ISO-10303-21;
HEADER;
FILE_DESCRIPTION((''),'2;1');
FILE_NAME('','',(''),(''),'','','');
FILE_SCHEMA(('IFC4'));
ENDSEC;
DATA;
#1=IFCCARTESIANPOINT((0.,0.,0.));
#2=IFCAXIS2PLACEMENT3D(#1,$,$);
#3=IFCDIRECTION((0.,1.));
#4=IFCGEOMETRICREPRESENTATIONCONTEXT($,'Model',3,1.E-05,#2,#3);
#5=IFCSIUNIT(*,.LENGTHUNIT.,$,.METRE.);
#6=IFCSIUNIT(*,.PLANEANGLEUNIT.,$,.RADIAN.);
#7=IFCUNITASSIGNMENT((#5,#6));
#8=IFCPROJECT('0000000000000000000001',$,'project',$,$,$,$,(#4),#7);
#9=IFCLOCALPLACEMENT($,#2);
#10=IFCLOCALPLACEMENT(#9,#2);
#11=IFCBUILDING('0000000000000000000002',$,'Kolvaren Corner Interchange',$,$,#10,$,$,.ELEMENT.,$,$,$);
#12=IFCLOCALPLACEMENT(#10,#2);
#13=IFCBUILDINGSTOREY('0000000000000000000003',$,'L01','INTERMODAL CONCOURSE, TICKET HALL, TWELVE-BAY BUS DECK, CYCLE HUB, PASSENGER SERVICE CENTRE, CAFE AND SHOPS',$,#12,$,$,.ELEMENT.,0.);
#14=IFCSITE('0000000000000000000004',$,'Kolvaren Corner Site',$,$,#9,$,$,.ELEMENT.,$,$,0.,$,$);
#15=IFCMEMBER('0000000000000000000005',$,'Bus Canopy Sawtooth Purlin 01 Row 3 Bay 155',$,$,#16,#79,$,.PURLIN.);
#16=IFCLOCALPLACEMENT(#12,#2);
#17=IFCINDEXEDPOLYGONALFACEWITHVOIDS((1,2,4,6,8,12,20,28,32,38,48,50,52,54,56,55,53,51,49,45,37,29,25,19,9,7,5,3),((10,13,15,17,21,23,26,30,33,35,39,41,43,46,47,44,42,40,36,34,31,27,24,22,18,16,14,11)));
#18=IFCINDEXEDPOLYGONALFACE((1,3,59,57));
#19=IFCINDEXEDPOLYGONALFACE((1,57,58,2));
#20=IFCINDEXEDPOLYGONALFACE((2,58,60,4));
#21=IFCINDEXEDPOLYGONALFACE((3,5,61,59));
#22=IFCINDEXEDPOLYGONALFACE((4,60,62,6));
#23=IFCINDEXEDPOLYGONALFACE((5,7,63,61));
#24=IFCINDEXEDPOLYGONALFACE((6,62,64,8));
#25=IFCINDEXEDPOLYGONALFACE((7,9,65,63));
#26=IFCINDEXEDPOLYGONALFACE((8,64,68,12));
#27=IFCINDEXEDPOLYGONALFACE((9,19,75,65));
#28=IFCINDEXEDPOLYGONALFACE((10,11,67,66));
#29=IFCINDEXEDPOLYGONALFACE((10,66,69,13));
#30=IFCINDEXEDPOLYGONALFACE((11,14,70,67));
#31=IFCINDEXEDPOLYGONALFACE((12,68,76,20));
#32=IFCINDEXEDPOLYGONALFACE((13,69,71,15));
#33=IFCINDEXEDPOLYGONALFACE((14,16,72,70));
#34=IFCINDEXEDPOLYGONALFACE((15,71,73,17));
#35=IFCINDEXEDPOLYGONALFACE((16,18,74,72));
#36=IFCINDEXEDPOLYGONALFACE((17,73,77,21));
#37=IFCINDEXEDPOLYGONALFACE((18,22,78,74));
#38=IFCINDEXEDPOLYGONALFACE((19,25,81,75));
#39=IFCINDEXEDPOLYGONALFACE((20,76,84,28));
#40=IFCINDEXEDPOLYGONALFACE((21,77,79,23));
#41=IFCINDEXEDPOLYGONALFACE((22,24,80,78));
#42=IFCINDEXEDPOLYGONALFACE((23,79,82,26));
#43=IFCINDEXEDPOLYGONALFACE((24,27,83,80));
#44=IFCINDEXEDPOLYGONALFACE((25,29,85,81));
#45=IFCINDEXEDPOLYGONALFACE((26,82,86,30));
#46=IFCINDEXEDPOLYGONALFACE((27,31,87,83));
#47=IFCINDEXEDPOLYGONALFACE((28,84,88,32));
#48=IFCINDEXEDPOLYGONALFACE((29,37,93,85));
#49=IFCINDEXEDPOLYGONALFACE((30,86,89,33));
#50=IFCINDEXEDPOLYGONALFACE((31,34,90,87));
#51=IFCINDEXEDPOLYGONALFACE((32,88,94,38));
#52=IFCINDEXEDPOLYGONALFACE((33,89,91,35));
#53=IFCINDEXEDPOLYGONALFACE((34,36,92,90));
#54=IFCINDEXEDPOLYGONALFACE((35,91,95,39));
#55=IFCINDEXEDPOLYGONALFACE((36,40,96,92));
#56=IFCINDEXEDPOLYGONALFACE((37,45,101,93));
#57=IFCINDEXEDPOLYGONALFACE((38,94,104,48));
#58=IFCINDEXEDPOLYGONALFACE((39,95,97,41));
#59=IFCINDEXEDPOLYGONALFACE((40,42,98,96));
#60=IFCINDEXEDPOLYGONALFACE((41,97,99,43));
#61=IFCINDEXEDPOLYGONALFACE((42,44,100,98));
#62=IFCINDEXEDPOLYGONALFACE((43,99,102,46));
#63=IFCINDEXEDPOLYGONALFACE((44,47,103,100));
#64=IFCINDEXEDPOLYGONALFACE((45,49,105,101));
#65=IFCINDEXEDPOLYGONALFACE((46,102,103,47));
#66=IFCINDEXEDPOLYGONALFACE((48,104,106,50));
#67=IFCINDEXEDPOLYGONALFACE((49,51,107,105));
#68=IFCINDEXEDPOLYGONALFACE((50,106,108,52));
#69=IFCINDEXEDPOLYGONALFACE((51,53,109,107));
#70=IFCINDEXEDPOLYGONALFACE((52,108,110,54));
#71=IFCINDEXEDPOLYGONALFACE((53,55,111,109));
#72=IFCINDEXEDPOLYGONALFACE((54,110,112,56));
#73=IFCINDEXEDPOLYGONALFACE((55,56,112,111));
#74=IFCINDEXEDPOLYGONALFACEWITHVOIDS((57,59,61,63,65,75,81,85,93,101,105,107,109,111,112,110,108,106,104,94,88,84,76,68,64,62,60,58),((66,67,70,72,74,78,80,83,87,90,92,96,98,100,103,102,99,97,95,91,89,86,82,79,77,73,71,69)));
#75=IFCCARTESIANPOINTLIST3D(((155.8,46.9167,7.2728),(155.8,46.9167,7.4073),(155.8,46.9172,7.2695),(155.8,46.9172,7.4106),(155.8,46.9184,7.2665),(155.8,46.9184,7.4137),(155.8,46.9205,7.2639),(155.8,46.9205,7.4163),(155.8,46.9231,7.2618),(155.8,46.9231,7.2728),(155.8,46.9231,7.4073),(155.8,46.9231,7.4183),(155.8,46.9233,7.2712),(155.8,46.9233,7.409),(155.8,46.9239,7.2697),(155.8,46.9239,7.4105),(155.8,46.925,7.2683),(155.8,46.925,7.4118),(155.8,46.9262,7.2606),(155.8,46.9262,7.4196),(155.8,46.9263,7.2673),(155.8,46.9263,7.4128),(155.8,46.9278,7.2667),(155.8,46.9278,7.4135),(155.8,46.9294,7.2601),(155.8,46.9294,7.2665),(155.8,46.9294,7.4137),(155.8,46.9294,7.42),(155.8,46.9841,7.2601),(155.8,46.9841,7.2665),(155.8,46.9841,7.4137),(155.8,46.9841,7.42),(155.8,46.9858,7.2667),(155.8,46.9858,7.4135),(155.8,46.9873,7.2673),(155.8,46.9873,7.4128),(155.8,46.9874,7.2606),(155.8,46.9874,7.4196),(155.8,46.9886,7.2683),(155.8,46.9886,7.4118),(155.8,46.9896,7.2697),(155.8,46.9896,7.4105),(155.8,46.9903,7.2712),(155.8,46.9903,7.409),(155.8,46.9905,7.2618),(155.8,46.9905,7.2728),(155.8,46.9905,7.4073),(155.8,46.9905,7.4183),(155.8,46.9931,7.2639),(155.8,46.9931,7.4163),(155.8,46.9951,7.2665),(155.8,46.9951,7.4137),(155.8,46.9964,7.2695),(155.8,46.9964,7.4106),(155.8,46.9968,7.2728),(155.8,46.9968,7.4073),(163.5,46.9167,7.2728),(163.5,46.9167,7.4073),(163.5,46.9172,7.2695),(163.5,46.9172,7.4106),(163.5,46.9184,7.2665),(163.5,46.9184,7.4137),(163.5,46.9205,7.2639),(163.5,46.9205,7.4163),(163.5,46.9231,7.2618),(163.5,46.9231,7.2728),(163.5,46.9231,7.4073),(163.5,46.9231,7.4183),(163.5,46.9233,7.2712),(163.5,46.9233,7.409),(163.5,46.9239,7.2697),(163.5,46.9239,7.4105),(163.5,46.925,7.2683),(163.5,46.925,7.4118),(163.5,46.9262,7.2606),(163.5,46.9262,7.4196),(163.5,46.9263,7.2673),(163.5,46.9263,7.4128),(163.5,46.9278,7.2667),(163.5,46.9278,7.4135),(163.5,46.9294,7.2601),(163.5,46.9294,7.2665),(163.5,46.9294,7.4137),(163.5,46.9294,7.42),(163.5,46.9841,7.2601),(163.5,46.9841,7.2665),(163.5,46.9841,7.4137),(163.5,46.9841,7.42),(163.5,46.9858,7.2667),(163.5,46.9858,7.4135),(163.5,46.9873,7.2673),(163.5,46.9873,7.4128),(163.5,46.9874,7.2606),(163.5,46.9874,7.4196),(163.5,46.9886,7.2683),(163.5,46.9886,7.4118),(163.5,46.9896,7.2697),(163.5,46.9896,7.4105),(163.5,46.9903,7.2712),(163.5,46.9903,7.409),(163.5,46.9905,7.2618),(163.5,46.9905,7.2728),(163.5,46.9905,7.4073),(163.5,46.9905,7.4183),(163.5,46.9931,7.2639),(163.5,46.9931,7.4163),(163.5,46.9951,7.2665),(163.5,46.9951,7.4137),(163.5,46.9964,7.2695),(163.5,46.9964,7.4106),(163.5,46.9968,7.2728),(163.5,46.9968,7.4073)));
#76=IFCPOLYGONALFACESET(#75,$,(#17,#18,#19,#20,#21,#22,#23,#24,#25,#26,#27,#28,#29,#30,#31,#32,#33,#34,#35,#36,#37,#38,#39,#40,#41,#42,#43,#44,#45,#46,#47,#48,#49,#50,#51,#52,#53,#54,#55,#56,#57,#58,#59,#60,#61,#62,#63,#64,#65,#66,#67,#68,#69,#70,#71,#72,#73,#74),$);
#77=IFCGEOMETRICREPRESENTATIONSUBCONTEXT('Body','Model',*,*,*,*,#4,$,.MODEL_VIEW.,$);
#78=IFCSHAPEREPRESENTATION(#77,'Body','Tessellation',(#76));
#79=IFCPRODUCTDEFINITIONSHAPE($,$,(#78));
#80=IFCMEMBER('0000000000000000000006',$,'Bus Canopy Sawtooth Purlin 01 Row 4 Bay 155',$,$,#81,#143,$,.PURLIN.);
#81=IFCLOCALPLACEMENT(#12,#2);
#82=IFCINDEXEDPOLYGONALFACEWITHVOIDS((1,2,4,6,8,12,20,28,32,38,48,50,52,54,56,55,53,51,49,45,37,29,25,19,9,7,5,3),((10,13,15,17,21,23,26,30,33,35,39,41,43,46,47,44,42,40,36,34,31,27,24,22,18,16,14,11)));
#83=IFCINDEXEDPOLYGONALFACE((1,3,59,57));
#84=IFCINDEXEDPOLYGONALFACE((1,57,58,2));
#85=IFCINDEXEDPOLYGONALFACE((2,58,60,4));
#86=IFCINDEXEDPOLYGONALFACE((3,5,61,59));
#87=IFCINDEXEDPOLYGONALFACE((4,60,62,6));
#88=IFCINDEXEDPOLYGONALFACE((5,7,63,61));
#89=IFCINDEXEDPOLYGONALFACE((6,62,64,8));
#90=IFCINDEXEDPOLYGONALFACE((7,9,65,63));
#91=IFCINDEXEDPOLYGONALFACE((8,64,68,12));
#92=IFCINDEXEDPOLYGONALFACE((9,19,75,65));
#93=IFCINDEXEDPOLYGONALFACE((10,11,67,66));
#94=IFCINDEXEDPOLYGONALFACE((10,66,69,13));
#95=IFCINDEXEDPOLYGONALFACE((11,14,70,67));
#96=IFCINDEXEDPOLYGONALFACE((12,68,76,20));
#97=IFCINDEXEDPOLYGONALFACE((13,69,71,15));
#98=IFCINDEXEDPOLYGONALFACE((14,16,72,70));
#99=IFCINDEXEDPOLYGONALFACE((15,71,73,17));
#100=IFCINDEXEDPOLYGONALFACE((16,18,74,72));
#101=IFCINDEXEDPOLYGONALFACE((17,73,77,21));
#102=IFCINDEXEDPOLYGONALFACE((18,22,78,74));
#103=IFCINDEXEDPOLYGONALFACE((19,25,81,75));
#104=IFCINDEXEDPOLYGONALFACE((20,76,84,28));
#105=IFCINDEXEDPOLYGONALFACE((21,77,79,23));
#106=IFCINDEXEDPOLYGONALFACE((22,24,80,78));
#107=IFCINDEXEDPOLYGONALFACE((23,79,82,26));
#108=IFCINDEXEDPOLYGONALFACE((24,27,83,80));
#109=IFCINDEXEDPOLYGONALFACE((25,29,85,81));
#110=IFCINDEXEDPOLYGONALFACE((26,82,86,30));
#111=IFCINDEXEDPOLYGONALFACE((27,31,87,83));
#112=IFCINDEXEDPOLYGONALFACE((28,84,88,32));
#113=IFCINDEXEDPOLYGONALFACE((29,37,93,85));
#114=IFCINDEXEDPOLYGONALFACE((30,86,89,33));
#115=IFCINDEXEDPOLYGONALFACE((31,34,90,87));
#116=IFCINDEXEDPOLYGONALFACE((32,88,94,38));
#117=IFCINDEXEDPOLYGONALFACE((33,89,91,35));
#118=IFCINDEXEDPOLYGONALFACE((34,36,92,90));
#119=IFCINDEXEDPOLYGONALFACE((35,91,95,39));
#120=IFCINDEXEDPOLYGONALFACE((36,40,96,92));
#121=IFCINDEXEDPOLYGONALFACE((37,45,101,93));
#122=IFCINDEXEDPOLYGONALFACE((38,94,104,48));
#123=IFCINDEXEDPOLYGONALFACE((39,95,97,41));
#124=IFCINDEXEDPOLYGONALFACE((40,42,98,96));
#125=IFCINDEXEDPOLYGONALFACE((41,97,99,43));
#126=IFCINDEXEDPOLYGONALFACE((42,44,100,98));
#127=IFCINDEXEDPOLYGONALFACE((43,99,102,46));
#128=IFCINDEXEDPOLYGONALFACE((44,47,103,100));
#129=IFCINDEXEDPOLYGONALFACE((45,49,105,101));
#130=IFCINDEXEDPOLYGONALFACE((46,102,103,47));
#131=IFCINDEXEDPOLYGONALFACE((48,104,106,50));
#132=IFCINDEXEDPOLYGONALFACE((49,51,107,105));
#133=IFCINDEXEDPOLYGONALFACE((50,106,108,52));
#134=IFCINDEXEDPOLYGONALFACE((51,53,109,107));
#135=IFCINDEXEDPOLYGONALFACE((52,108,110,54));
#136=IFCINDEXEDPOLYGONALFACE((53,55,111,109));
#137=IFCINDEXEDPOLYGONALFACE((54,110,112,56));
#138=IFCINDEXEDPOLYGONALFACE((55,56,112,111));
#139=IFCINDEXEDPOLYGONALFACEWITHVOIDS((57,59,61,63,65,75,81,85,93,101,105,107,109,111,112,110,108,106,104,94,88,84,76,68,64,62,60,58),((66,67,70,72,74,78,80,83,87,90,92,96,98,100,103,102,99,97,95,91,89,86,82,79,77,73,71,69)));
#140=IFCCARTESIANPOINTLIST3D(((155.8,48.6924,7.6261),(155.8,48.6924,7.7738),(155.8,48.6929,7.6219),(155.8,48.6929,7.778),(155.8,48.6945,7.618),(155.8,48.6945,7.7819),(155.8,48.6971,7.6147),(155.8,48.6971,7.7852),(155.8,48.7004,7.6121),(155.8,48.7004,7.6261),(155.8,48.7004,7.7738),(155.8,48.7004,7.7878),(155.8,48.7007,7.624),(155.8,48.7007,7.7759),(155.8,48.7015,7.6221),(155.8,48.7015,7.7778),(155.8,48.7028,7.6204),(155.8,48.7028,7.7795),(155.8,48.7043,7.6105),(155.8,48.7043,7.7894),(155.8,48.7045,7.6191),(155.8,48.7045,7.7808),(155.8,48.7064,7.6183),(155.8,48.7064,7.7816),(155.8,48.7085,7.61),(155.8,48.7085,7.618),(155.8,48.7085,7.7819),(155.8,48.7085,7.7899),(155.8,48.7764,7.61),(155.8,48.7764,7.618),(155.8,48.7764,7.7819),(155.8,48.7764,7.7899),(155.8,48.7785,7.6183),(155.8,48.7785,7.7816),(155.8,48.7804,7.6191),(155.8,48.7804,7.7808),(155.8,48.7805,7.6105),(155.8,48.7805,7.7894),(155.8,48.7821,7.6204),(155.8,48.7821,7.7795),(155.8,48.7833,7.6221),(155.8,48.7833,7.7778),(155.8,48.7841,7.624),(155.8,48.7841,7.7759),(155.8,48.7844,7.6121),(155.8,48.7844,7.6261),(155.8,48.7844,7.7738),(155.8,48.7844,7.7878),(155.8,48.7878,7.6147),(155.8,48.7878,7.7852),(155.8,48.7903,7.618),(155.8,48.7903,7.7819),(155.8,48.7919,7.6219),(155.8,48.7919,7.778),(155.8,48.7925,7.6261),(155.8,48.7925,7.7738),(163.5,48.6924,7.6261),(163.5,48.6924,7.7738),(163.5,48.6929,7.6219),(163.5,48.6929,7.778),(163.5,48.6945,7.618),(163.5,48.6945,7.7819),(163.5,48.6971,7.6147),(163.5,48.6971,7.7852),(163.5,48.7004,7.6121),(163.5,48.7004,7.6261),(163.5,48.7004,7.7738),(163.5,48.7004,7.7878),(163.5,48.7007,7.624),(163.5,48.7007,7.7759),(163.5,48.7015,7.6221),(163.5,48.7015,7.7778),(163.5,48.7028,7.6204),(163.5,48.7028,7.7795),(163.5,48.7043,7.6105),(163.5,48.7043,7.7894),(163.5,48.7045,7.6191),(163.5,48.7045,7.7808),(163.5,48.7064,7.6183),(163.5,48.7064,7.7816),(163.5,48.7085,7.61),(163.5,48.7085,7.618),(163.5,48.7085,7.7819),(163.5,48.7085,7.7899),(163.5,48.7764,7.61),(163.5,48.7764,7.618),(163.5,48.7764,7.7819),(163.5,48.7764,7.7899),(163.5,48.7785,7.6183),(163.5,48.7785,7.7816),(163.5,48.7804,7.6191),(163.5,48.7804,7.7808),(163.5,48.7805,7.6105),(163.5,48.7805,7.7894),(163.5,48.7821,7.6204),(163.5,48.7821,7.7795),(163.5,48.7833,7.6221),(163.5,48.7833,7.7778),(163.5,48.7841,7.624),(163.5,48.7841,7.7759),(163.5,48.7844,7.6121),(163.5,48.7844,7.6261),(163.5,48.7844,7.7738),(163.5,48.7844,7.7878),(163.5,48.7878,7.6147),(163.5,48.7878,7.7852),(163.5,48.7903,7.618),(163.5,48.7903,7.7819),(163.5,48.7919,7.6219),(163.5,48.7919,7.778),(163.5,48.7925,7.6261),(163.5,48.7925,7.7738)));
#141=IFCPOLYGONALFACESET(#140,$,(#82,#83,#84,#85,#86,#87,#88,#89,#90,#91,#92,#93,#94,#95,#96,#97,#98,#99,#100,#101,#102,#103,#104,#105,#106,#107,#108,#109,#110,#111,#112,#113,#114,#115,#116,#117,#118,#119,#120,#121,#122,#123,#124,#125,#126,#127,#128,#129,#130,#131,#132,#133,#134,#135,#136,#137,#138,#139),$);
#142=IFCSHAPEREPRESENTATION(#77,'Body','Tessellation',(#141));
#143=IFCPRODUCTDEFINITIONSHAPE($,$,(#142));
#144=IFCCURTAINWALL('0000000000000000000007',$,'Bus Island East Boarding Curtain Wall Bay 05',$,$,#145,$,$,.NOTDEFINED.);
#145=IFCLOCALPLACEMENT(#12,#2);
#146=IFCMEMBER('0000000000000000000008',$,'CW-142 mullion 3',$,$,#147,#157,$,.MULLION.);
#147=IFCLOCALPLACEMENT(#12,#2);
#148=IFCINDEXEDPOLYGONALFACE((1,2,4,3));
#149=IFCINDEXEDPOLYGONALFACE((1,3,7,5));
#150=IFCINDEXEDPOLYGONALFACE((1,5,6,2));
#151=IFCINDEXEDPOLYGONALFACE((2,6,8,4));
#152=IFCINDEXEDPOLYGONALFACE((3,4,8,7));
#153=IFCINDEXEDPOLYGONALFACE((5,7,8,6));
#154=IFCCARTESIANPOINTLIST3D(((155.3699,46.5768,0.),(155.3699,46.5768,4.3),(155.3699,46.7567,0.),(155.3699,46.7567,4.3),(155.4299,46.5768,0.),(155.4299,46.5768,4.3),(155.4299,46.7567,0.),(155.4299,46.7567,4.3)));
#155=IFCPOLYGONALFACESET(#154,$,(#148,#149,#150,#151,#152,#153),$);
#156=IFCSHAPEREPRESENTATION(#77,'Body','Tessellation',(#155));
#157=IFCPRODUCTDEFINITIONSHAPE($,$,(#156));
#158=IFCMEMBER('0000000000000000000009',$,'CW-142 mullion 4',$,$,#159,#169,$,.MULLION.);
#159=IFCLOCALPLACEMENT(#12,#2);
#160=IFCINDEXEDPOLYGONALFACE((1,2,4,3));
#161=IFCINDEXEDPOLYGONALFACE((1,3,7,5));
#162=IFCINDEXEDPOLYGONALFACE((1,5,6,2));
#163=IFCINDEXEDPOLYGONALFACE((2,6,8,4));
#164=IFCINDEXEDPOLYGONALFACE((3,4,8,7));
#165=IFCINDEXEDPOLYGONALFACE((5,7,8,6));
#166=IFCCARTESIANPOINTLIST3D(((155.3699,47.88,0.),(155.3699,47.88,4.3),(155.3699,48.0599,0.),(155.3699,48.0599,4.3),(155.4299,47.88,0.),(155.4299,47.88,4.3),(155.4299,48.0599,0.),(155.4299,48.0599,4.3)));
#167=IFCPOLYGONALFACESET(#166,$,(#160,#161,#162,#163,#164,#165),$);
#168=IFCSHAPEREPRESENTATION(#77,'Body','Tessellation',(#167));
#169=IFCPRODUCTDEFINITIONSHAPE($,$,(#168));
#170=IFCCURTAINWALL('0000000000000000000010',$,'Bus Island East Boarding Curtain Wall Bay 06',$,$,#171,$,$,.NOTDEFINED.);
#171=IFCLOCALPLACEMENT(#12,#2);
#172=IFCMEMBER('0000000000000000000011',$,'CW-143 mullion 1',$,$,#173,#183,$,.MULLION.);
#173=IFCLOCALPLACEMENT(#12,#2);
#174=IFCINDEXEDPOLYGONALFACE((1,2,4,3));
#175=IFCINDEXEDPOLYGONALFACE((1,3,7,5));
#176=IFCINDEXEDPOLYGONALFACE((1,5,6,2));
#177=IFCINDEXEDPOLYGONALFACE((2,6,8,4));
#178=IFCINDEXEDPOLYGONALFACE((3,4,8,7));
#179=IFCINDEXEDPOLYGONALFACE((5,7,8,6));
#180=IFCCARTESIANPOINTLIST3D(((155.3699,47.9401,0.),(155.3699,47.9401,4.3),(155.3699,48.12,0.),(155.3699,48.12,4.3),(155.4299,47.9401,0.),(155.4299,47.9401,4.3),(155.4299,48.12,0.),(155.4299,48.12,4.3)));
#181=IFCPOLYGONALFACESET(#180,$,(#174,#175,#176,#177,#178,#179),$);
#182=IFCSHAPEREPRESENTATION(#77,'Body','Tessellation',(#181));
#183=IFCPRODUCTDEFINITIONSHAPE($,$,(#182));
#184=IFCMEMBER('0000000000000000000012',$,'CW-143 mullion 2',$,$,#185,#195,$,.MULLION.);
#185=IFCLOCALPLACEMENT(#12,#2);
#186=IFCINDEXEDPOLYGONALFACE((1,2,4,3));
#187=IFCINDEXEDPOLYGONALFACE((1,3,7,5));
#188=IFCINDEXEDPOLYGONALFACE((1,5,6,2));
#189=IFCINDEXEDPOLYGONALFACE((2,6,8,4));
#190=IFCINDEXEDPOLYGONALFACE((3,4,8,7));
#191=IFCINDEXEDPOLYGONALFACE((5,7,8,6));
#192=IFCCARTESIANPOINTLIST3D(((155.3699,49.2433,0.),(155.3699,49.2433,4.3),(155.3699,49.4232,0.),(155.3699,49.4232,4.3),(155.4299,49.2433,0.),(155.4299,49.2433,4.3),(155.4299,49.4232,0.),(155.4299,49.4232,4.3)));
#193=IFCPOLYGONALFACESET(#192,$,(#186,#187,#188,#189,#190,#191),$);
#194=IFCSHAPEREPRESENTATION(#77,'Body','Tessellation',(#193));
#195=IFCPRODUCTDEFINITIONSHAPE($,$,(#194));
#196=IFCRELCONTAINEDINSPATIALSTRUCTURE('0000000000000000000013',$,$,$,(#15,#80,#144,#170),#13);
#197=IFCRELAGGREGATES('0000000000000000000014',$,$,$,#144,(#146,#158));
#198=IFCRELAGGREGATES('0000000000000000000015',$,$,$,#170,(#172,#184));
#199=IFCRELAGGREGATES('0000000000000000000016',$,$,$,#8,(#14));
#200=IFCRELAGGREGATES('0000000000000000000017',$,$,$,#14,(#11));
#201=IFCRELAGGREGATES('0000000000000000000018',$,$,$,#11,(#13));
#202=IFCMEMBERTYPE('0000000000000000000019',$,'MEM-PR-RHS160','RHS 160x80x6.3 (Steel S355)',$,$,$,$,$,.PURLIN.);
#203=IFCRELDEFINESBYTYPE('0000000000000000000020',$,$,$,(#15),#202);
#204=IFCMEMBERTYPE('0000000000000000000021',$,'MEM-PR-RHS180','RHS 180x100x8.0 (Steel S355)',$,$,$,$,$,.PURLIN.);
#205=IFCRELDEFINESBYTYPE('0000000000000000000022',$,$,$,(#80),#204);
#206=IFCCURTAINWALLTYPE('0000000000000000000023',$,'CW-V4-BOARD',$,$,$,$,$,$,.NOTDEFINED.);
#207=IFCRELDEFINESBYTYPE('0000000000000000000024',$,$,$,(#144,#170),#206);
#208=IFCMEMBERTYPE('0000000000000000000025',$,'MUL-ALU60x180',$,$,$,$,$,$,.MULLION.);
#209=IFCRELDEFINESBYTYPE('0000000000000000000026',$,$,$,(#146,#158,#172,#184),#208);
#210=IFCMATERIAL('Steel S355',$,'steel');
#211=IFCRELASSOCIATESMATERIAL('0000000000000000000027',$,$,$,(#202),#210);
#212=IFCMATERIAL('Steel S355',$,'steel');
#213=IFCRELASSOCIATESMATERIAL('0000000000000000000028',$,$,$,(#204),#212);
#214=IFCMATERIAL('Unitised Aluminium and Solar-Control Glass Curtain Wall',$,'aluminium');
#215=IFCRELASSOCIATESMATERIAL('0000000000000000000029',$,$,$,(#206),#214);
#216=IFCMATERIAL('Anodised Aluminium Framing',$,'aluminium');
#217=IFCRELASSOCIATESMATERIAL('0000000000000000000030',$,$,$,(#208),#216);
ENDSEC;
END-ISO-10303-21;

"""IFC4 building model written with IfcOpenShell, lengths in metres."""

from ifc_helpers import new_model, si_unit, direction, frame, origin, origin_2d, place, context, subcontext, project, spatial, rectangle, hollow_rectangle, extrude, material, material_profile, profile_set, type_object, element, aggregate, save


model = new_model("IFC4")

# Units and contexts
model_context = context("Model", 3, precision=1e-05, world=origin(), true_north=direction((0.0, 1.0)))
body_context = subcontext(model_context, "Body", "Model", "MODEL_VIEW")
ifc_project = project(units=[si_unit("LENGTHUNIT", "METRE"), si_unit("PLANEANGLEUNIT", "RADIAN")], contexts=[model_context])

# Site, building, storey
site_placement = place(None, origin())
site = spatial("IfcSite", under=ifc_project, at=site_placement, Name="Kolvaren Corner Site", CompositionType="ELEMENT", RefElevation=0.0)
building_placement = place(site_placement, origin())
building = spatial("IfcBuilding", under=site, at=building_placement, Name="Kolvaren Corner Interchange", CompositionType="ELEMENT")
storey_placement = place(building_placement, origin())
storey = spatial("IfcBuildingStorey", under=building, at=storey_placement, Name="L01", Description="INTERMODAL CONCOURSE, TICKET HALL, TWELVE-BAY BUS DECK, CYCLE HUB, PASSENGER SERVICE CENTRE, CAFE AND SHOPS", CompositionType="ELEMENT", Elevation=0.0)

# Members
ifc_material_1 = material(Name="Steel S355", Category="steel")
ifc_material_profile_1 = material_profile(ifc_material_1, hollow_rectangle(XDim=0.0801, YDim=0.1599, WallThickness=0.0063, InnerFilletRadius=0.0063, OuterFilletRadius=0.0127, at=origin_2d()), Name="RHS 160x80x6.3")
ifc_profile_set_1 = profile_set([ifc_material_profile_1], Name="Steel S355")
member_type_1 = type_object("IfcMemberType", Name="MEM-PR-RHS160", Description="RHS 160x80x6.3 (Steel S355)", PredefinedType="PURLIN", material=ifc_profile_set_1)
member_1_placement = place(storey_placement, frame((155.8, 46.9568, 7.3401), z_axis=(1.0, 0.0, 0.0), x_axis=(0.0, 1.0, 0.0)))
element("IfcMember", 1, at=member_1_placement, inside=storey, type_object=member_type_1, Name="Bus Canopy Sawtooth Purlin 01 Row 3 Bay 155", PredefinedType="PURLIN", context=body_context, shape_type="SweptSolid", body=[
    extrude(hollow_rectangle(XDim=0.0801, YDim=0.1599, WallThickness=0.0063, InnerFilletRadius=0.0063, OuterFilletRadius=0.0127, at=origin_2d()), origin(), (0.0, 0.0, 1.0), 7.7),
])
ifc_material_2 = material(Name="Steel S355", Category="steel")
ifc_material_profile_2 = material_profile(ifc_material_2, hollow_rectangle(XDim=0.1001, YDim=0.1799, WallThickness=0.0081, InnerFilletRadius=0.0081, OuterFilletRadius=0.0161, at=origin_2d()), Name="RHS 180x100x8.0")
ifc_profile_set_2 = profile_set([ifc_material_profile_2], Name="Steel S355")
member_type_2 = type_object("IfcMemberType", Name="MEM-PR-RHS180", Description="RHS 180x100x8.0 (Steel S355)", PredefinedType="PURLIN", material=ifc_profile_set_2)
member_2_placement = place(storey_placement, frame((155.8, 48.7424, 7.7), z_axis=(1.0, 0.0, 0.0), x_axis=(0.0, 1.0, 0.0)))
element("IfcMember", 2, at=member_2_placement, inside=storey, type_object=member_type_2, Name="Bus Canopy Sawtooth Purlin 01 Row 4 Bay 155", PredefinedType="PURLIN", context=body_context, shape_type="SweptSolid", body=[
    extrude(hollow_rectangle(XDim=0.1001, YDim=0.1799, WallThickness=0.0081, InnerFilletRadius=0.0081, OuterFilletRadius=0.0161, at=origin_2d()), origin(), (0.0, 0.0, 1.0), 7.7),
])

# Curtain walls, members
ifc_material_3 = material(Name="Unitised Aluminium and Solar-Control Glass Curtain Wall", Category="aluminium")
curtain_wall_type = type_object("IfcCurtainWallType", Name="CW-V4-BOARD", PredefinedType="NOTDEFINED", material=ifc_material_3)
curtain_wall_1_placement = place(storey_placement, origin())
curtain_wall_1 = element("IfcCurtainWall", 3, at=curtain_wall_1_placement, inside=storey, type_object=curtain_wall_type, Name="Bus Island East Boarding Curtain Wall Bay 05", PredefinedType="NOTDEFINED")
ifc_material_4 = material(Name="Anodised Aluminium Framing", Category="aluminium")
ifc_material_profile_3 = material_profile(ifc_material_4, rectangle(XDim=0.0601, YDim=0.1799, at=origin_2d()), Name="ALU 60x180")
ifc_profile_set_3 = profile_set([ifc_material_profile_3], Name="Anodised Aluminium Framing")
member_type_3 = type_object("IfcMemberType", Name="MUL-ALU60x180", PredefinedType="MULLION", material=ifc_profile_set_3)
member_3_placement = place(storey_placement, frame((155.3999, 46.6667, 0.0), z_axis=(0.0, 0.0, 1.0), x_axis=(-1.0, 0.0, 0.0)))
member_3 = element("IfcMember", 4, at=member_3_placement, type_object=member_type_3, Name="CW-142 mullion 3", PredefinedType="MULLION", context=body_context, shape_type="SweptSolid", body=[
    extrude(rectangle(XDim=0.0601, YDim=0.1799, at=origin_2d()), origin(), (0.0, 0.0, 1.0), 4.3),
])
member_4_placement = place(storey_placement, frame((155.3999, 47.97, 0.0), z_axis=(0.0, 0.0, 1.0), x_axis=(-1.0, 0.0, 0.0)))
member_4 = element("IfcMember", 5, at=member_4_placement, type_object=member_type_3, Name="CW-142 mullion 4", PredefinedType="MULLION", context=body_context, shape_type="SweptSolid", body=[
    extrude(rectangle(XDim=0.0601, YDim=0.1799, at=origin_2d()), origin(), (0.0, 0.0, 1.0), 4.3),
])
curtain_wall_2_placement = place(storey_placement, origin())
curtain_wall_2 = element("IfcCurtainWall", 6, at=curtain_wall_2_placement, inside=storey, type_object=curtain_wall_type, Name="Bus Island East Boarding Curtain Wall Bay 06", PredefinedType="NOTDEFINED")
member_5_placement = place(storey_placement, frame((155.3999, 48.03, 0.0), z_axis=(0.0, 0.0, 1.0), x_axis=(-1.0, 0.0, 0.0)))
member_5 = element("IfcMember", 7, at=member_5_placement, type_object=member_type_3, Name="CW-143 mullion 1", PredefinedType="MULLION", context=body_context, shape_type="SweptSolid", body=[
    extrude(rectangle(XDim=0.0601, YDim=0.1799, at=origin_2d()), origin(), (0.0, 0.0, 1.0), 4.3),
])
member_6_placement = place(storey_placement, frame((155.3999, 49.3333, 0.0), z_axis=(0.0, 0.0, 1.0), x_axis=(-1.0, 0.0, 0.0)))
member_6 = element("IfcMember", 8, at=member_6_placement, type_object=member_type_3, Name="CW-143 mullion 2", PredefinedType="MULLION", context=body_context, shape_type="SweptSolid", body=[
    extrude(rectangle(XDim=0.0601, YDim=0.1799, at=origin_2d()), origin(), (0.0, 0.0, 1.0), 4.3),
])

aggregate(curtain_wall_1, [member_3, member_4])
aggregate(curtain_wall_2, [member_5, member_6])

save(model, "model.ifc")
